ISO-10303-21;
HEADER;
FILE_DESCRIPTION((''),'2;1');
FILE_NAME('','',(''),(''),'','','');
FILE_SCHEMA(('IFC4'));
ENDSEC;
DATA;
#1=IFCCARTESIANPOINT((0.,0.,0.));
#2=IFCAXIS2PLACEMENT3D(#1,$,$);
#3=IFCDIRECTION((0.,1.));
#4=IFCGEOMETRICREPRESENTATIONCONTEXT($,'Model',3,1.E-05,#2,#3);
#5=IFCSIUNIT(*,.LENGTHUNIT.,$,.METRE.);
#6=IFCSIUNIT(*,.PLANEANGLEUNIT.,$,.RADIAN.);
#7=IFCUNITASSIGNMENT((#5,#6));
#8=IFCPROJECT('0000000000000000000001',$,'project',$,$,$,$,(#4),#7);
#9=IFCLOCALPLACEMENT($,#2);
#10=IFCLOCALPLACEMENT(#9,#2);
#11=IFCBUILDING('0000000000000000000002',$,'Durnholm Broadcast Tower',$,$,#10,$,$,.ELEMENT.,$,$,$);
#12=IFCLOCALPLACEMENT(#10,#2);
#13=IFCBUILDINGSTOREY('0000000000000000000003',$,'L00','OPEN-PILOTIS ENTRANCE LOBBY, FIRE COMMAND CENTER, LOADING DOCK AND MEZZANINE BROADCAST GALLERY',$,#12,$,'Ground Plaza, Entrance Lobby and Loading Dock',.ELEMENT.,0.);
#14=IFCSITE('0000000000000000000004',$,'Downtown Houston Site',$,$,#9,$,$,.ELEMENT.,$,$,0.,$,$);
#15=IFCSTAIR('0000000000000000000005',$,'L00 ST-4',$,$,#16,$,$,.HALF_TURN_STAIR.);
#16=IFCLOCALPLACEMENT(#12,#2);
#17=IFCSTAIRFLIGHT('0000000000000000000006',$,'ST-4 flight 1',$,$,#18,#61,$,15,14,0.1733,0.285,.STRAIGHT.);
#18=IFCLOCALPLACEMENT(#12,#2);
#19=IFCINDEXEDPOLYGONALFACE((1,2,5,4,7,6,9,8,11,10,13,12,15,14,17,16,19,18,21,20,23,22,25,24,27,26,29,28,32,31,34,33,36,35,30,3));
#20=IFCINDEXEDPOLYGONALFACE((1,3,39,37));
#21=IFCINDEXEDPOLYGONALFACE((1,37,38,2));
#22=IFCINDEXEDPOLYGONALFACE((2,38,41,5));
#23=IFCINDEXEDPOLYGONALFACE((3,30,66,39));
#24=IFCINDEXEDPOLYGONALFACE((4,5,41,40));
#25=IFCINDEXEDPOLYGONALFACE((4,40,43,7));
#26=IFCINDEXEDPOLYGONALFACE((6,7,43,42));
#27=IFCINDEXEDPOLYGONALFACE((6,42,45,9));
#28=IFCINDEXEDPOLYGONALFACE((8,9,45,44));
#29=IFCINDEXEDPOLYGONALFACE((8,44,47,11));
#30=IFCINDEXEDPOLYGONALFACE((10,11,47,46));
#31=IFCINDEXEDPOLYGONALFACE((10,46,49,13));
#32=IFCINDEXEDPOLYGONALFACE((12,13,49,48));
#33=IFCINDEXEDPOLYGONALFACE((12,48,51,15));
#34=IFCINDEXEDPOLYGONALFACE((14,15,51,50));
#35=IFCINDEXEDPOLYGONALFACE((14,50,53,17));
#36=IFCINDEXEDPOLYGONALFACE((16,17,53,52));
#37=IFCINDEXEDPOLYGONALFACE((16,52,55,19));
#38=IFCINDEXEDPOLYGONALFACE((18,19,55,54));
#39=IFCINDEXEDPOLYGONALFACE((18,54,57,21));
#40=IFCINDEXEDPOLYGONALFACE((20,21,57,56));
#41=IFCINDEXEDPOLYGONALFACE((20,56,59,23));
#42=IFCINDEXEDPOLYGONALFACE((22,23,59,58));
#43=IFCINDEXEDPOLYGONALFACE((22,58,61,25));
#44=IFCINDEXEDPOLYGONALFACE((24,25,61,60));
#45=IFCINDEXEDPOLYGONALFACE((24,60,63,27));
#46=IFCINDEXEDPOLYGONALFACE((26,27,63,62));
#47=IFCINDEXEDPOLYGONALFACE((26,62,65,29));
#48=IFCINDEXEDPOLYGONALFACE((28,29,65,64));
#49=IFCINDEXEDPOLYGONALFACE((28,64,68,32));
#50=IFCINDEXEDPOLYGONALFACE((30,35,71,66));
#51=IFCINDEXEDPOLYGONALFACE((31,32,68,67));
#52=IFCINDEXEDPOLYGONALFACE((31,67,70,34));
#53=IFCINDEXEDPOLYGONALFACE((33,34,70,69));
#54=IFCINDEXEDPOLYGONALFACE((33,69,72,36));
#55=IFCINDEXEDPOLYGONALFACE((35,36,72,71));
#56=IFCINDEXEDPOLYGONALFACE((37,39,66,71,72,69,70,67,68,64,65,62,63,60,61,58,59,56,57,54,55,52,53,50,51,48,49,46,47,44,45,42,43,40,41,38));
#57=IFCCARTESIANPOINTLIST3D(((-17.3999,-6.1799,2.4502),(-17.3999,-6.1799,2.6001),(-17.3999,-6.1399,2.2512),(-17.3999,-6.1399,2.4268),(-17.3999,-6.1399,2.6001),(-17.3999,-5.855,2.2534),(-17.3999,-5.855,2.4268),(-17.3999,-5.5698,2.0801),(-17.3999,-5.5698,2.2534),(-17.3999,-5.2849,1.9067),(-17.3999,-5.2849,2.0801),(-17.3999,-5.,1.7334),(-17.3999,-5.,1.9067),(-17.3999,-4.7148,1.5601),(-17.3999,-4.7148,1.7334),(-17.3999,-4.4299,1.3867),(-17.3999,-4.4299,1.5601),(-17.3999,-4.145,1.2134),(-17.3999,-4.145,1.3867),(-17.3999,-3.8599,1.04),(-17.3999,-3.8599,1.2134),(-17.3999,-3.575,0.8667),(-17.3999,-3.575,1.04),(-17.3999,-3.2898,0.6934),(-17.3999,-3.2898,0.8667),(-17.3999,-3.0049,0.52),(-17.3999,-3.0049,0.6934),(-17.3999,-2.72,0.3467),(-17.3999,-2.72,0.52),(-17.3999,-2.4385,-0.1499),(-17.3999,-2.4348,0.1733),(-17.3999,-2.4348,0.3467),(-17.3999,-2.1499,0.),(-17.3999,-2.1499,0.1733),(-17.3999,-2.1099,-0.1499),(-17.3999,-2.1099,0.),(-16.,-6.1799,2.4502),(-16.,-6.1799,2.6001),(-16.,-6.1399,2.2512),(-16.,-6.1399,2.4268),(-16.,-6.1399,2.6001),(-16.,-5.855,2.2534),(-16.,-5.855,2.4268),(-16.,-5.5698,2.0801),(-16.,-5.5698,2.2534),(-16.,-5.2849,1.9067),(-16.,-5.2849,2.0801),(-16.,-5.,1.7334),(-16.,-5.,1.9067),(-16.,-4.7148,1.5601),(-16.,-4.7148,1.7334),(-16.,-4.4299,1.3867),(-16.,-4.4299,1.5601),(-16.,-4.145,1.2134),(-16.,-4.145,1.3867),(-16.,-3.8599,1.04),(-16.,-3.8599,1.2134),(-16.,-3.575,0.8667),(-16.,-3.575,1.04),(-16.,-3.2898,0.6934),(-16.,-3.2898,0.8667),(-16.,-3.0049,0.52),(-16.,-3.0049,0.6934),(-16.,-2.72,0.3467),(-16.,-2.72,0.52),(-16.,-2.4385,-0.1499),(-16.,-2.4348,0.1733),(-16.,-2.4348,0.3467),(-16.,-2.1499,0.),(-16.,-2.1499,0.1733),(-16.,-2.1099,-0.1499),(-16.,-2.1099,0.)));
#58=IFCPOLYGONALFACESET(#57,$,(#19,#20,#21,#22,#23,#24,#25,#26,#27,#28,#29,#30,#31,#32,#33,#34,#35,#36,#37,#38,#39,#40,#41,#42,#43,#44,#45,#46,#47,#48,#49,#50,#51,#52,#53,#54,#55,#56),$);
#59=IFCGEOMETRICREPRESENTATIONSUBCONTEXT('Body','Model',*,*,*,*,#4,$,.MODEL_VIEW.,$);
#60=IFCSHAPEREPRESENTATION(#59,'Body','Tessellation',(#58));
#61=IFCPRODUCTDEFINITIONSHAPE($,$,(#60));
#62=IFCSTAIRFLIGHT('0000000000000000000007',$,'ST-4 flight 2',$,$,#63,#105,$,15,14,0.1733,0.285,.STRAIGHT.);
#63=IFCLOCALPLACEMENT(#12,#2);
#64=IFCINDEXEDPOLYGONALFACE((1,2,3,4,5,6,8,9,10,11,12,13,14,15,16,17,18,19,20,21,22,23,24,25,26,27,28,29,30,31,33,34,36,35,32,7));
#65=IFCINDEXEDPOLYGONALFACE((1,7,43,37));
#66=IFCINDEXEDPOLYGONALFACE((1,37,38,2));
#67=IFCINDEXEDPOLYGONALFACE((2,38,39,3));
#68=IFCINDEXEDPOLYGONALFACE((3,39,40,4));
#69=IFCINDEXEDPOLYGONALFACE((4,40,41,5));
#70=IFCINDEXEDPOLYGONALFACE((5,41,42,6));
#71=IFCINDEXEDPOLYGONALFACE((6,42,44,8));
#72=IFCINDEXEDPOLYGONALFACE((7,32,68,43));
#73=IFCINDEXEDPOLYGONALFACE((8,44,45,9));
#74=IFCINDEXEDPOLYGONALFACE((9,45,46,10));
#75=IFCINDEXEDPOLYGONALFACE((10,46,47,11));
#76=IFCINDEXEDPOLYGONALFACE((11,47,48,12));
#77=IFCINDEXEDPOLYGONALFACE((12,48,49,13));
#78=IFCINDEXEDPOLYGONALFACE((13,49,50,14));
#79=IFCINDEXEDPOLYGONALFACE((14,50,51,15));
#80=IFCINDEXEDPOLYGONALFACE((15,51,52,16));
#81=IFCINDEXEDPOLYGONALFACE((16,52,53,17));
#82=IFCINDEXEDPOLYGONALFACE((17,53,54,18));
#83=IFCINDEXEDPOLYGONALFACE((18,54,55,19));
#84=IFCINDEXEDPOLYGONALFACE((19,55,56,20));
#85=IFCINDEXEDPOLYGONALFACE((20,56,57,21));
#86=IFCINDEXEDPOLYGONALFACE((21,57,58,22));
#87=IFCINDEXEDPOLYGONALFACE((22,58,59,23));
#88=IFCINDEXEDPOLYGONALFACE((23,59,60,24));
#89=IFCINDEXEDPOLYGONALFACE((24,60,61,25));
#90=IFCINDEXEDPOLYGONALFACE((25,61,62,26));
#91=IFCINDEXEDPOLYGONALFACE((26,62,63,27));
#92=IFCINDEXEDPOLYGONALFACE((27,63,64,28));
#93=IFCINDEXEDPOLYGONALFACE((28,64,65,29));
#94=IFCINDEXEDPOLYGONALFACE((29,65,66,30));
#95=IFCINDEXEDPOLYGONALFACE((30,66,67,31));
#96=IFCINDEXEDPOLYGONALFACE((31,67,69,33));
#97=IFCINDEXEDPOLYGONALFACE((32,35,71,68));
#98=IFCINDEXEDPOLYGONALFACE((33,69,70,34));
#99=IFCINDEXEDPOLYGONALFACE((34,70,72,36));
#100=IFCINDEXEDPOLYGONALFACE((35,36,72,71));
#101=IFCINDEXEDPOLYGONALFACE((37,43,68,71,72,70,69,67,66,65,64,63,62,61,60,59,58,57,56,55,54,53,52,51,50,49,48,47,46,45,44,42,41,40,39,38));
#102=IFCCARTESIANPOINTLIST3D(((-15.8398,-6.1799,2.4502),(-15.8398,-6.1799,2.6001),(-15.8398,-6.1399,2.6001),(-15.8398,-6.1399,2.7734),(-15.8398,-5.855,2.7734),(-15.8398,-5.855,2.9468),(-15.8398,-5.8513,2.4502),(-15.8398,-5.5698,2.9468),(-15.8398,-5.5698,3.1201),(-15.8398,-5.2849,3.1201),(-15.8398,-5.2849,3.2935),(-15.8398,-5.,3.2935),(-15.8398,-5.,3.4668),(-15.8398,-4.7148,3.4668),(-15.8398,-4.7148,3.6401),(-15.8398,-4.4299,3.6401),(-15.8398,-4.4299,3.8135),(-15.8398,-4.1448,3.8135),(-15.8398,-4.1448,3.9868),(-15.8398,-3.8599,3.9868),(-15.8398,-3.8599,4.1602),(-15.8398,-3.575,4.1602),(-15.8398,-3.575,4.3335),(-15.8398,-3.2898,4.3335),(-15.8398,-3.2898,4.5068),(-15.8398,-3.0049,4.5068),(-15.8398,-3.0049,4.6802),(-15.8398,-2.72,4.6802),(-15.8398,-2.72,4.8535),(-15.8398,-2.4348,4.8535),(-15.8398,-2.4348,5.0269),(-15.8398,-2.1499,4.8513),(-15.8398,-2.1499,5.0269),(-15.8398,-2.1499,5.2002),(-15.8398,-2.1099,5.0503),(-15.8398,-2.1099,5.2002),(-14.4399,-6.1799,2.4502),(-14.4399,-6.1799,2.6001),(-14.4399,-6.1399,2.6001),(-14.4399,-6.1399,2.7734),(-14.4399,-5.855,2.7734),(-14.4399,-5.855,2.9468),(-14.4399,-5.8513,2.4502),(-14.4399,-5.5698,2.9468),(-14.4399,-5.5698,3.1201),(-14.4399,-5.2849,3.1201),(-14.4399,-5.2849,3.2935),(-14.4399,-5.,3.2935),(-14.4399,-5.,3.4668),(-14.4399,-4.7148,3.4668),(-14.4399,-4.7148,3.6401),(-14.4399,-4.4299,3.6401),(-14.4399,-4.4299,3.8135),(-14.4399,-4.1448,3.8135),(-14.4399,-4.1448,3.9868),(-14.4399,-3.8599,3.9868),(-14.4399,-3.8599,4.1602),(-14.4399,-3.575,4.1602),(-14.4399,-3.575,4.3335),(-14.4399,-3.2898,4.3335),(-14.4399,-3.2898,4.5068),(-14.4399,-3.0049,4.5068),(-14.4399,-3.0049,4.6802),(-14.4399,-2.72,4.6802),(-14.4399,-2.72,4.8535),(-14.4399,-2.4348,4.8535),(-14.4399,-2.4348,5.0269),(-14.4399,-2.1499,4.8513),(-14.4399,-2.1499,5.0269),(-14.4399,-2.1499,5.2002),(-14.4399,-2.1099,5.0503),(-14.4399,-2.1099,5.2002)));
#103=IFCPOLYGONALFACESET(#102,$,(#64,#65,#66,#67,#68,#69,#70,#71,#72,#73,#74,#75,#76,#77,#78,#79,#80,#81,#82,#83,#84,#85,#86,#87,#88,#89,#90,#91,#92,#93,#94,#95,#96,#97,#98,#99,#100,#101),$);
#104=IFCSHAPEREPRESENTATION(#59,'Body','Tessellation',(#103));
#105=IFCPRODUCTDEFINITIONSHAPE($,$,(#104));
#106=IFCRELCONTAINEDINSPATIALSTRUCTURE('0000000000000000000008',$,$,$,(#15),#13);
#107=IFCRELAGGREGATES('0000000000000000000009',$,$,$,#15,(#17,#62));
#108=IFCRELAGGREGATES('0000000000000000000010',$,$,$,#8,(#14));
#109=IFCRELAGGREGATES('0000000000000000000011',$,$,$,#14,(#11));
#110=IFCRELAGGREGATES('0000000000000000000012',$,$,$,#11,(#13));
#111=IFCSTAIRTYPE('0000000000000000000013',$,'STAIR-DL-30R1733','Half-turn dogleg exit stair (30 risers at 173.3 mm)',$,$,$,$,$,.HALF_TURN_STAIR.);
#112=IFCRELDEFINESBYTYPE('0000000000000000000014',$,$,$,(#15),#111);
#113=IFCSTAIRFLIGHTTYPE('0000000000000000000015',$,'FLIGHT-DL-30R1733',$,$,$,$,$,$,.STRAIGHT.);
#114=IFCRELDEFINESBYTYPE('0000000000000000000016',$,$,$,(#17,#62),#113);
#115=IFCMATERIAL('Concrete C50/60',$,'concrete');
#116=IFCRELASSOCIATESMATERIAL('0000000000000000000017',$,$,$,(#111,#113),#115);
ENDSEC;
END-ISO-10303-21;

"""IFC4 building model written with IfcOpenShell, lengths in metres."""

from ifc_helpers import new_model, si_unit, direction, frame, origin, place, context, subcontext, project, spatial, polyline, outline, extrude, material, type_object, element, aggregate, save


model = new_model("IFC4")

# Units and contexts
model_context = context("Model", 3, precision=1e-05, world=origin(), true_north=direction((0.0, 1.0)))
body_context = subcontext(model_context, "Body", "Model", "MODEL_VIEW")
ifc_project = project(units=[si_unit("LENGTHUNIT", "METRE"), si_unit("PLANEANGLEUNIT", "RADIAN")], contexts=[model_context])

# Site, building, storey
site_placement = place(None, origin())
site = spatial("IfcSite", under=ifc_project, at=site_placement, Name="Downtown Houston Site", CompositionType="ELEMENT", RefElevation=0.0)
building_placement = place(site_placement, origin())
building = spatial("IfcBuilding", under=site, at=building_placement, Name="Durnholm Broadcast Tower", CompositionType="ELEMENT")
storey_placement = place(building_placement, origin())
storey = spatial("IfcBuildingStorey", under=building, at=storey_placement, Name="L00", Description="OPEN-PILOTIS ENTRANCE LOBBY, FIRE COMMAND CENTER, LOADING DOCK AND MEZZANINE BROADCAST GALLERY", LongName="Ground Plaza, Entrance Lobby and Loading Dock", CompositionType="ELEMENT", Elevation=0.0)

# Shared definitions
ifc_material_1 = material(Name="Concrete C50/60", Category="concrete")

# Stair, stair flights
stair_type = type_object("IfcStairType", Name="STAIR-DL-30R1733", Description="Half-turn dogleg exit stair (30 risers at 173.3 mm)", PredefinedType="HALF_TURN_STAIR", material=ifc_material_1)
stair_placement = place(storey_placement, origin())
stair = element("IfcStair", 1, at=stair_placement, inside=storey, type_object=stair_type, Name="L00 ST-4", PredefinedType="HALF_TURN_STAIR")
stair_flight_type = type_object("IfcStairFlightType", Name="FLIGHT-DL-30R1733", PredefinedType="STRAIGHT", material=ifc_material_1)
stair_flight_1_placement = place(storey_placement, frame((-16.7, -2.1499, 0.0), z_axis=(0.0, 0.0, 1.0), x_axis=(0.0, -1.0, 0.0)))
stair_flight_1 = element("IfcStairFlight", 2, at=stair_flight_1_placement, type_object=stair_flight_type, Name="ST-4 flight 1", NumberOfRisers=15, NumberOfTreads=14, PredefinedType="STRAIGHT", RiserHeight=0.1733, TreadLength=0.285, context=body_context, shape_type="SweptSolid", body=[
    extrude(outline(polyline([(-0.04, -0.1499), (-0.04, 0.0), (0.0, 0.0), (0.0, 0.1733), (0.2849, 0.1733), (0.2849, 0.3467), (0.5701, 0.3467), (0.5701, 0.52), (0.855, 0.52), (0.855, 0.6934), (1.1399, 0.6934), (1.1399, 0.8667), (1.425, 0.8667), (1.425, 1.04), (1.71, 1.04), (1.71, 1.2134), (1.9951, 1.2134), (1.9951, 1.3867), (2.28, 1.3867), (2.28, 1.5601), (2.5649, 1.5601), (2.5649, 1.7334), (2.8501, 1.7334), (2.8501, 1.9067), (3.135, 1.9067), (3.135, 2.0801), (3.4199, 2.0801), (3.4199, 2.2534), (3.7051, 2.2534), (3.7051, 2.4268), (3.99, 2.4268), (3.99, 2.6001), (4.03, 2.6001), (4.03, 2.4502), (3.99, 2.2512), (0.2886, -0.1499), (-0.04, -0.1499)])), frame((0.0, 0.7, 0.0), z_axis=(0.0, -1.0, 0.0), x_axis=(1.0, 0.0, 0.0)), (0.0, 0.0, 1.0), 1.3999),
])
stair_flight_2_placement = place(storey_placement, frame((-15.1399, -6.1399, 2.6001), z_axis=(0.0, 0.0, 1.0), x_axis=(0.0, 1.0, 0.0)))
stair_flight_2 = element("IfcStairFlight", 3, at=stair_flight_2_placement, type_object=stair_flight_type, Name="ST-4 flight 2", NumberOfRisers=15, NumberOfTreads=14, PredefinedType="STRAIGHT", RiserHeight=0.1733, TreadLength=0.285, context=body_context, shape_type="SweptSolid", body=[
    extrude(outline(polyline([(-0.04, -0.1499), (-0.04, 0.0), (0.0, 0.0), (0.0, 0.1733), (0.2849, 0.1733), (0.2849, 0.3467), (0.5701, 0.3467), (0.5701, 0.52), (0.855, 0.52), (0.855, 0.6934), (1.1399, 0.6934), (1.1399, 0.8667), (1.425, 0.8667), (1.425, 1.04), (1.71, 1.04), (1.71, 1.2134), (1.9951, 1.2134), (1.9951, 1.3867), (2.28, 1.3867), (2.28, 1.5601), (2.5649, 1.5601), (2.5649, 1.7334), (2.8501, 1.7334), (2.8501, 1.9067), (3.135, 1.9067), (3.135, 2.0801), (3.4199, 2.0801), (3.4199, 2.2534), (3.7051, 2.2534), (3.7051, 2.4268), (3.99, 2.4268), (3.99, 2.6001), (4.03, 2.6001), (4.03, 2.4502), (3.99, 2.2512), (0.2886, -0.1499), (-0.04, -0.1499)])), frame((0.0, 0.7, 0.0), z_axis=(0.0, -1.0, 0.0), x_axis=(1.0, 0.0, 0.0)), (0.0, 0.0, 1.0), 1.3999),
])
aggregate(stair, [stair_flight_1, stair_flight_2])

save(model, "model.ifc")
